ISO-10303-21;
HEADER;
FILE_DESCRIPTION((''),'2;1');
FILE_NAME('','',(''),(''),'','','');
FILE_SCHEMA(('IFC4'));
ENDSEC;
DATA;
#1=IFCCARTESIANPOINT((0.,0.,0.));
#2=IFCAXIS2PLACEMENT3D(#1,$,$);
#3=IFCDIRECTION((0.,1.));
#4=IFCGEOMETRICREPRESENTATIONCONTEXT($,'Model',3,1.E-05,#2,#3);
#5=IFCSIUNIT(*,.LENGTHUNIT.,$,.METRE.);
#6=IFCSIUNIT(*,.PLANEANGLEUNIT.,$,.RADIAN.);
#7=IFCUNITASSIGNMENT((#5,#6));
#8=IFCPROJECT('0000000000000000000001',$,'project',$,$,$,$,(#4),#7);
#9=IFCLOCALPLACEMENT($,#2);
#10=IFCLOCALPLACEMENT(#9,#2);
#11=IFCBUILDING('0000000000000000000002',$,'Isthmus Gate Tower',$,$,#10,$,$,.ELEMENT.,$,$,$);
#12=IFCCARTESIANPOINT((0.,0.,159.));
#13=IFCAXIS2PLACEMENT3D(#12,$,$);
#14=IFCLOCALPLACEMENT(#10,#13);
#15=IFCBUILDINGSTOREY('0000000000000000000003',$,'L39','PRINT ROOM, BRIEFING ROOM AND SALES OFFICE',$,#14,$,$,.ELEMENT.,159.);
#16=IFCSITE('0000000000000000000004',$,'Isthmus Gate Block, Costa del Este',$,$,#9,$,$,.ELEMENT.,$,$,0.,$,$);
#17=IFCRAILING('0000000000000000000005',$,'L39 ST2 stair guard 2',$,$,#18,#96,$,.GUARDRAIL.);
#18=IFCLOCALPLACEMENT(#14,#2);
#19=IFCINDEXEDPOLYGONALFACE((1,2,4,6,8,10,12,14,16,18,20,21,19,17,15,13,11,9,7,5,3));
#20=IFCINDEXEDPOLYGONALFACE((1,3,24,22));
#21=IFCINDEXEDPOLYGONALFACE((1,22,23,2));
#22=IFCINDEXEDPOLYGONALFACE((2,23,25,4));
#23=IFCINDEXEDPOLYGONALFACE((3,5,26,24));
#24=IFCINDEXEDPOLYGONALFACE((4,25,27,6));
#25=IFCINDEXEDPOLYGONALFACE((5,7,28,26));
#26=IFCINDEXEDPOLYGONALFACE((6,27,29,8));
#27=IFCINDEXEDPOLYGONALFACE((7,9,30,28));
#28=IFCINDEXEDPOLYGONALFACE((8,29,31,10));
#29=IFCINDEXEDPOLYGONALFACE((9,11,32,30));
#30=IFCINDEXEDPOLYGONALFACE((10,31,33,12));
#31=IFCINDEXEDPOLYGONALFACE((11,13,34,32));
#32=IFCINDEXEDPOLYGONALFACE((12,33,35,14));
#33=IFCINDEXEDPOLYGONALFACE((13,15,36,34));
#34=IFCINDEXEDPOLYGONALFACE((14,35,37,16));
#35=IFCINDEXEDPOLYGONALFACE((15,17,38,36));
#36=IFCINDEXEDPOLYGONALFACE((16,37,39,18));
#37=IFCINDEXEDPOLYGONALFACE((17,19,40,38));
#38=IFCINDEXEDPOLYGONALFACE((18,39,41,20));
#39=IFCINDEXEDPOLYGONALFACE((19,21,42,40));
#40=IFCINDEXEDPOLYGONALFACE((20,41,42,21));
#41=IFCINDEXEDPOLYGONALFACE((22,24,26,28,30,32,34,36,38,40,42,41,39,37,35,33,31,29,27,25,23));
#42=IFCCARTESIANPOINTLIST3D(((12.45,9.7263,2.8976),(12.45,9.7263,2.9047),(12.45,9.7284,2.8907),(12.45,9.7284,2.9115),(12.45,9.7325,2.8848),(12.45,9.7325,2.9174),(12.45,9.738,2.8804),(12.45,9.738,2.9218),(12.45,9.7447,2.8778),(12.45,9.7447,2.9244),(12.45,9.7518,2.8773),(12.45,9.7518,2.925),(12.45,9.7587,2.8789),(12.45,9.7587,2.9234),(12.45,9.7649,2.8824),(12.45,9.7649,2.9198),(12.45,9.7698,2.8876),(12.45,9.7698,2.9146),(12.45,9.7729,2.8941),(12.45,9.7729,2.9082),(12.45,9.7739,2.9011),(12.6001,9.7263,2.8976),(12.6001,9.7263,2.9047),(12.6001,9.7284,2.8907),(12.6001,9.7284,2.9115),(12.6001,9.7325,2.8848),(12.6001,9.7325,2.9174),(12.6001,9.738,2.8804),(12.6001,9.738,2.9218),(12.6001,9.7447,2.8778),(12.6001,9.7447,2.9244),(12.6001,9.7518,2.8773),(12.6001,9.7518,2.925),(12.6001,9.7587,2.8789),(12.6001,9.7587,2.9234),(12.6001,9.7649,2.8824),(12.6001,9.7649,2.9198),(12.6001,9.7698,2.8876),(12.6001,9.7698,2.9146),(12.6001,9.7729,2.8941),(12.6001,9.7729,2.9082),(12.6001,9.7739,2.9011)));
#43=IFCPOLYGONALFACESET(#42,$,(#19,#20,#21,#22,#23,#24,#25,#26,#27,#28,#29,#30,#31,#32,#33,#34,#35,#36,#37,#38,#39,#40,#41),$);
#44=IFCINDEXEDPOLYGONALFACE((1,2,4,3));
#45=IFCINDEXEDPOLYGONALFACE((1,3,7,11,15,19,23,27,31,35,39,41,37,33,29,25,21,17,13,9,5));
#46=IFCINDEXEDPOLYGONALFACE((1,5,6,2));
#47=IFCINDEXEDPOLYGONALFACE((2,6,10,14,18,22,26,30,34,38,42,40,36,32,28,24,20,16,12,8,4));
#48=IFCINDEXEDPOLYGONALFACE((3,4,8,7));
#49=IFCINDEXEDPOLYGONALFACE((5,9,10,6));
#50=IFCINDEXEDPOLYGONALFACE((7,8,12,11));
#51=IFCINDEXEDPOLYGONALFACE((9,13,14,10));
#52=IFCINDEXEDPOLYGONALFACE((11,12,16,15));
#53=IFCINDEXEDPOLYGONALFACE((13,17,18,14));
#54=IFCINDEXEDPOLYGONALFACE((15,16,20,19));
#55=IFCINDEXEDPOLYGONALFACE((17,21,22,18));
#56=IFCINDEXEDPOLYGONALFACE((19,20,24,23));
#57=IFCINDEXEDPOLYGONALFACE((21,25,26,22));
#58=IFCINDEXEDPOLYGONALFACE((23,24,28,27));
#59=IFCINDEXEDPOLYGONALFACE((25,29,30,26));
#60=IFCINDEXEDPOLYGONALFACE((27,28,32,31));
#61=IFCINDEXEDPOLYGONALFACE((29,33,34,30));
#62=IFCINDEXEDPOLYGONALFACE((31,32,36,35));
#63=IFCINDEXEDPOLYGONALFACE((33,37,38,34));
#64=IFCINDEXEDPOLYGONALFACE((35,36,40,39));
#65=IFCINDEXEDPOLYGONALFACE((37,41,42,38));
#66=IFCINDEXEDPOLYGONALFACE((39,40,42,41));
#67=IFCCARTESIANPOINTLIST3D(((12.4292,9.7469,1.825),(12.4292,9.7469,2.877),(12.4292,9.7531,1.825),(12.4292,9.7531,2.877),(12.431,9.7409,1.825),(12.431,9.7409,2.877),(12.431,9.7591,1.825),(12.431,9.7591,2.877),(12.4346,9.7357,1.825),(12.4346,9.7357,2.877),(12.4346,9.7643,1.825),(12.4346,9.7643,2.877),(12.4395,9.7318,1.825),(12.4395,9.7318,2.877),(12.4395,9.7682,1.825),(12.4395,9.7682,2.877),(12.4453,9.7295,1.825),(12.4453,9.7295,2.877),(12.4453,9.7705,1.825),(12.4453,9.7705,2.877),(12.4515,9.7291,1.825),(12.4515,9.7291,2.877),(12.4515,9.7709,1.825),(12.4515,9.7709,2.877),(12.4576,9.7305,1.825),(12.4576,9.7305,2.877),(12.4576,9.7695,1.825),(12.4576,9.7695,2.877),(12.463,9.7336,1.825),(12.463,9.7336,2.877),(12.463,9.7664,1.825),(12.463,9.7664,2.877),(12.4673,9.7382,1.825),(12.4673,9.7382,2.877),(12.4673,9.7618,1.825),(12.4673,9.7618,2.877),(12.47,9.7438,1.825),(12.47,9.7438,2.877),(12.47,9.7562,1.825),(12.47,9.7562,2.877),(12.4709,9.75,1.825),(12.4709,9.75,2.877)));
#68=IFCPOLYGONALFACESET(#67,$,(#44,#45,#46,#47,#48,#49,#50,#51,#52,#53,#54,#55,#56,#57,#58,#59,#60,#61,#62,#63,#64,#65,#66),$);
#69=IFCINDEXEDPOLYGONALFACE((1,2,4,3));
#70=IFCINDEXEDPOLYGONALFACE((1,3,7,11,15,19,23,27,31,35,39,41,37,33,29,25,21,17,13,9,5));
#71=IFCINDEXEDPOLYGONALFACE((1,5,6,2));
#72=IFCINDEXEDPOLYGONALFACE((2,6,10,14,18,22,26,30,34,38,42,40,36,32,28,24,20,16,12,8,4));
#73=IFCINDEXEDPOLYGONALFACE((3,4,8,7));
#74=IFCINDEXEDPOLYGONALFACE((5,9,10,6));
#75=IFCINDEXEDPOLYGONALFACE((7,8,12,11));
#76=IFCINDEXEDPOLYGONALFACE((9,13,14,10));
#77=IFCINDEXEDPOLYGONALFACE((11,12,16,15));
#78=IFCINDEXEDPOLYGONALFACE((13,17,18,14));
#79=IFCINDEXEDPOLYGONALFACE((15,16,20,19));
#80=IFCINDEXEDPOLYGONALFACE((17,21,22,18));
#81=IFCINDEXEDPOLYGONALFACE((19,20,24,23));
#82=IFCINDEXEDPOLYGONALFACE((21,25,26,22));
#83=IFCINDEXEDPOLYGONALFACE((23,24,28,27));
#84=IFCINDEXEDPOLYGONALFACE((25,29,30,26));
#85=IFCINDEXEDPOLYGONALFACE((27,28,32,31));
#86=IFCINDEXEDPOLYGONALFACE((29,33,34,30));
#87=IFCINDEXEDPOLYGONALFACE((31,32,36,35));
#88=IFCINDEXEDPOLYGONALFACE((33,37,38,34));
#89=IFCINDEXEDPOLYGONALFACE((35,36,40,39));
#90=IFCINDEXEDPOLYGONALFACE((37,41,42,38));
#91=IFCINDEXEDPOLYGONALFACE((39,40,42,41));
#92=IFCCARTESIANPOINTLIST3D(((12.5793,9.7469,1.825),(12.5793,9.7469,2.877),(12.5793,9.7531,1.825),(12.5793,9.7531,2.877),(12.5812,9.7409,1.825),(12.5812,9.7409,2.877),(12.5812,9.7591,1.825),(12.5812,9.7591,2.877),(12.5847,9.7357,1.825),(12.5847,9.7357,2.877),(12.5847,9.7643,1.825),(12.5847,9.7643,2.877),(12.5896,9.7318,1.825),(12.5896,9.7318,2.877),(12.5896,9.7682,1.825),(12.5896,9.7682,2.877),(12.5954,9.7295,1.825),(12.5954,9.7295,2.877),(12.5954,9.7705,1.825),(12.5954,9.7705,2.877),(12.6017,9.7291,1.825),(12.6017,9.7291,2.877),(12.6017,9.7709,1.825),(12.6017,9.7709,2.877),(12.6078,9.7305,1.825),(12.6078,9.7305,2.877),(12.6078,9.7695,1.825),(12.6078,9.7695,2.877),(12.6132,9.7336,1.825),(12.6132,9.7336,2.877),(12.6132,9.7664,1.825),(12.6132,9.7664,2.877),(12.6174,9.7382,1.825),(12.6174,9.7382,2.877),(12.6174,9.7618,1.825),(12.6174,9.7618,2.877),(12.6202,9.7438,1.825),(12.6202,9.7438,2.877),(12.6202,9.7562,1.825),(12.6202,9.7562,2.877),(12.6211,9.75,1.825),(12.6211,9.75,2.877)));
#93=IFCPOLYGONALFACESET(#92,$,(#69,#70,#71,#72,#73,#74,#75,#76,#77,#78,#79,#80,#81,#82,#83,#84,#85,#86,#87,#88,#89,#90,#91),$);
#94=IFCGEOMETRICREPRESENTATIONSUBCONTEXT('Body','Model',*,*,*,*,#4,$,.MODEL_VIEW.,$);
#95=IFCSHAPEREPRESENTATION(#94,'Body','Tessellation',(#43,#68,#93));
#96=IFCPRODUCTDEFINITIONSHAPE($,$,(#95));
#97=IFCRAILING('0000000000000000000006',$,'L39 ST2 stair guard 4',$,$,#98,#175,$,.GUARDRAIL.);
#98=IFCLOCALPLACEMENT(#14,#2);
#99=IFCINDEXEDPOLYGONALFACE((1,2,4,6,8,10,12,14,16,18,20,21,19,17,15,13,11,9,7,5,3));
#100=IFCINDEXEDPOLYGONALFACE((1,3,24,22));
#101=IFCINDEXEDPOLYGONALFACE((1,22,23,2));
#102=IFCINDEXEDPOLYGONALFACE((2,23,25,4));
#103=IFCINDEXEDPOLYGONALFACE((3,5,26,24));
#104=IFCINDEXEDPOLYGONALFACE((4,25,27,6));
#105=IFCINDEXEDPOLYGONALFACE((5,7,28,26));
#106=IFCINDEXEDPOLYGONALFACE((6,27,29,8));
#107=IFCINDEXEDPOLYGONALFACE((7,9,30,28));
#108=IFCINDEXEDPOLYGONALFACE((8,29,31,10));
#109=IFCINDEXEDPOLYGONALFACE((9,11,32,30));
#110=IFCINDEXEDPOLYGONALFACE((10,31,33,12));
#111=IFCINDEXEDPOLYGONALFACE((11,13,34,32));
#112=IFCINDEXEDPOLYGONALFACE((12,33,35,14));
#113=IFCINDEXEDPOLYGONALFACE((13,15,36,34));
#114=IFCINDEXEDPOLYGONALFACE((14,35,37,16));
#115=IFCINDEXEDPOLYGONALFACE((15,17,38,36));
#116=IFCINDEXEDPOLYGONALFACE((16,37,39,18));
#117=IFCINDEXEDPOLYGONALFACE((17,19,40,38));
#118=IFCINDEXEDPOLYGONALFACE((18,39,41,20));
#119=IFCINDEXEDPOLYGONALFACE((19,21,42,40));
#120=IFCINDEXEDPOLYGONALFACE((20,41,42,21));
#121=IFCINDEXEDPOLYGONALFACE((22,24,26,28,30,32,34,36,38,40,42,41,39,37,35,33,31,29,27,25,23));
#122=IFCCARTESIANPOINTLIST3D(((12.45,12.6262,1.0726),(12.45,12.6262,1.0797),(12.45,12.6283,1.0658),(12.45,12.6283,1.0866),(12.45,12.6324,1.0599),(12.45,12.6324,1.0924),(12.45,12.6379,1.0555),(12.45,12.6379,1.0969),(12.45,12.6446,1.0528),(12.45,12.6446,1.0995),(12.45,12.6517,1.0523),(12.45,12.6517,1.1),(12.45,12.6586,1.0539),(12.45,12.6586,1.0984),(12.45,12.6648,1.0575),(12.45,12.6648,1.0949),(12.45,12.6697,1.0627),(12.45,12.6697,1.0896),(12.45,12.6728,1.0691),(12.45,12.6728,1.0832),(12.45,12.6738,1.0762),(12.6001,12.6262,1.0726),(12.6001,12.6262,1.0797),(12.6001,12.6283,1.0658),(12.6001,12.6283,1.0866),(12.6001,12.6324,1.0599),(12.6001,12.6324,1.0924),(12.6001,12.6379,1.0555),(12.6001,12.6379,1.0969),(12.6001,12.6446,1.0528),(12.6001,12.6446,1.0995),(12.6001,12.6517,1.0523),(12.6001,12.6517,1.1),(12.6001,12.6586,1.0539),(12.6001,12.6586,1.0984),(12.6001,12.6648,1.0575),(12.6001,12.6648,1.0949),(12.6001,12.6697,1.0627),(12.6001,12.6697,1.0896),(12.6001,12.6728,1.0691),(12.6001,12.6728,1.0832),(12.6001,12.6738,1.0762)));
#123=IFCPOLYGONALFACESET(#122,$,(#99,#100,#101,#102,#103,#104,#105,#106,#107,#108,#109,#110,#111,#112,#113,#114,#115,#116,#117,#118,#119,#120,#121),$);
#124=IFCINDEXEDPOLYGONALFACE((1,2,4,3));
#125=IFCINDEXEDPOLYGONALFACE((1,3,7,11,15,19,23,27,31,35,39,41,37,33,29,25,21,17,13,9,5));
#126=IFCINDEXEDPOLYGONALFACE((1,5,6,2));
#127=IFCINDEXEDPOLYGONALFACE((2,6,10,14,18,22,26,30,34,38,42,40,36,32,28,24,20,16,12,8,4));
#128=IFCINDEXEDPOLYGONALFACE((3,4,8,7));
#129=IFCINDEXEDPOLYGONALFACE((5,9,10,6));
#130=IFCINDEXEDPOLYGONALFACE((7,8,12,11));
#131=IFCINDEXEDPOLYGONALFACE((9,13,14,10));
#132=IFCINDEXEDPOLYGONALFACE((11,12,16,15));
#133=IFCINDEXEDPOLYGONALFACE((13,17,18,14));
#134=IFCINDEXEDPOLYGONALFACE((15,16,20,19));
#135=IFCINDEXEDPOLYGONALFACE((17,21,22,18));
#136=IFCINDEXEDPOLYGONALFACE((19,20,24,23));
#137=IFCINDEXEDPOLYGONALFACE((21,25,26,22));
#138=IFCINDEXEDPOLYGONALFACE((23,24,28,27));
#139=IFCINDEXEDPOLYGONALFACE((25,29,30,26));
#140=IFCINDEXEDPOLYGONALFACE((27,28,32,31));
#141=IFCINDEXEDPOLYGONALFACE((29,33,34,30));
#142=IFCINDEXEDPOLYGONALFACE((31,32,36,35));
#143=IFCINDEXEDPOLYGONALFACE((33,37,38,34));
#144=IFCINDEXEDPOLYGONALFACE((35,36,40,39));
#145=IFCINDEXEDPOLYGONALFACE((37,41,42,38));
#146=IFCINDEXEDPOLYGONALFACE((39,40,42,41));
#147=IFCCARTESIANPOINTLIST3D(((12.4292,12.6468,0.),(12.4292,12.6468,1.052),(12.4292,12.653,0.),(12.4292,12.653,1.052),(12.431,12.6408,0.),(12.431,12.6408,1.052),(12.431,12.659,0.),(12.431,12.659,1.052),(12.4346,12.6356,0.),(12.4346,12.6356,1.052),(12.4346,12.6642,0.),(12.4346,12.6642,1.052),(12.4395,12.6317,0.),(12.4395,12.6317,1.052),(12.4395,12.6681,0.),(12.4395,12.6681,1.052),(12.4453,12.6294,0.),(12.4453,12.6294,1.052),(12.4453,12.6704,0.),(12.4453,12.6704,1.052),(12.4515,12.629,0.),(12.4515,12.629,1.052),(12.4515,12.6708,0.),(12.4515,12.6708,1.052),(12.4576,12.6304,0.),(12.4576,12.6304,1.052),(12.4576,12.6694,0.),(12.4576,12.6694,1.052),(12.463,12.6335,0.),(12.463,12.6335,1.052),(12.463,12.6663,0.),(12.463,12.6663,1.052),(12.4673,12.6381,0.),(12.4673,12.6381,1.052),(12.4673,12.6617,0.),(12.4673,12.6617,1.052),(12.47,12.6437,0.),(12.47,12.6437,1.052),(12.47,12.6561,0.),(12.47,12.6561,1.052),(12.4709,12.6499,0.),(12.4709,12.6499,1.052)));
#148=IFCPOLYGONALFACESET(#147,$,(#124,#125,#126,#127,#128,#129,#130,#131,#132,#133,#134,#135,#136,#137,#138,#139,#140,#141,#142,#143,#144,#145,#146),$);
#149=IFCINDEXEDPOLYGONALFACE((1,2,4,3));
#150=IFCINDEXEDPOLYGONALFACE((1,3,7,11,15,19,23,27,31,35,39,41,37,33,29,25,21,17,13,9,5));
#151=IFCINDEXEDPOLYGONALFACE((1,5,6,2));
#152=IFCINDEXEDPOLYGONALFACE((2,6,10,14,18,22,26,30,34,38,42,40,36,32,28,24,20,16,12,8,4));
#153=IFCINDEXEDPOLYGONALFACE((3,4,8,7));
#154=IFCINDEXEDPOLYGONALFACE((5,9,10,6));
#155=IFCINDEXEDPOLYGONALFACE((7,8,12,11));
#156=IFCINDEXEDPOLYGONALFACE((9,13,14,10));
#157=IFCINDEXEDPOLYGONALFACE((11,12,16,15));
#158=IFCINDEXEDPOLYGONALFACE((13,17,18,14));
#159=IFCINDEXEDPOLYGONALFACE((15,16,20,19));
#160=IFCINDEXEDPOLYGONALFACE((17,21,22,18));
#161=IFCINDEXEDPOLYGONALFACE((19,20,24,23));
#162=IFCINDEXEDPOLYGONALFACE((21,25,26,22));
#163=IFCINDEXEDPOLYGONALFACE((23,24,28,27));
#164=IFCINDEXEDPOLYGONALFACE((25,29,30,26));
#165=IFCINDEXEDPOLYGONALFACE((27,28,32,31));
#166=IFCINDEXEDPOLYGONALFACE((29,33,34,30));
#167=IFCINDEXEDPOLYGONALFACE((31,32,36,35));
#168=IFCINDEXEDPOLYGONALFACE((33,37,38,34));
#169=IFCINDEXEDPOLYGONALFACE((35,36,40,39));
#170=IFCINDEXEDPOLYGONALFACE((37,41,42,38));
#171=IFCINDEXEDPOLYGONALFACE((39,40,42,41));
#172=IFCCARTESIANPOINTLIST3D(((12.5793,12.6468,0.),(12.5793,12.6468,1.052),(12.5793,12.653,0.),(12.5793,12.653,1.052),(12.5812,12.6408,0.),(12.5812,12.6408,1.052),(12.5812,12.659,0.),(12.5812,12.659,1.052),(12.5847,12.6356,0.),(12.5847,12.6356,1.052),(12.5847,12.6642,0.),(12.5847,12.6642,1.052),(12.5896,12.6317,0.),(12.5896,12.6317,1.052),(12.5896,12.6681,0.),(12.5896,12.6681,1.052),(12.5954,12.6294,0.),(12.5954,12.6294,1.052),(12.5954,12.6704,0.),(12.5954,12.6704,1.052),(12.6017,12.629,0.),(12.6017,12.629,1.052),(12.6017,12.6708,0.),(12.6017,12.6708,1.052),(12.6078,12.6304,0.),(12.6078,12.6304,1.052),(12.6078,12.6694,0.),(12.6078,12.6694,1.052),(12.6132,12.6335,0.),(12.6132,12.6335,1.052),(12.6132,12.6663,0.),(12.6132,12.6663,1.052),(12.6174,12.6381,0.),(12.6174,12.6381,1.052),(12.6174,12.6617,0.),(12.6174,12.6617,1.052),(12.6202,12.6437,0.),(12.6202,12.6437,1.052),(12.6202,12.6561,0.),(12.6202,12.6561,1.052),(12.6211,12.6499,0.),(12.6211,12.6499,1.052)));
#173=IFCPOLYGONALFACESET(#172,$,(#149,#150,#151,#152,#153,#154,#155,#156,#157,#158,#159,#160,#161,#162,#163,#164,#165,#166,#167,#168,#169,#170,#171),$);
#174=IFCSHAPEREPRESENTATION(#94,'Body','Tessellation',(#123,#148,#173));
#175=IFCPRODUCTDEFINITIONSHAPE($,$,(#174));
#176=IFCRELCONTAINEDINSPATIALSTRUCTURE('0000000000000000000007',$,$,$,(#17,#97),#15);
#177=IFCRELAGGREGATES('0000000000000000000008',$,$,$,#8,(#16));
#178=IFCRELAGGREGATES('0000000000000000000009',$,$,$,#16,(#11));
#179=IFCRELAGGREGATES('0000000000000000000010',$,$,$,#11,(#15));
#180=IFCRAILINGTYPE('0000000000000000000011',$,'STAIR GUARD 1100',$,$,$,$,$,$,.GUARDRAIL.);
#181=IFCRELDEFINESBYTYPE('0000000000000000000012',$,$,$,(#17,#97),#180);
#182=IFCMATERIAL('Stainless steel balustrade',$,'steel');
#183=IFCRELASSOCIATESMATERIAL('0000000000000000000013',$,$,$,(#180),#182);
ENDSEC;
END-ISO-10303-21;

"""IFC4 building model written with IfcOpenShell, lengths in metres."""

from ifc_helpers import new_model, si_unit, direction, frame, origin, origin_2d, place, context, subcontext, project, spatial, circle, extrude, material, type_object, element, save


model = new_model("IFC4")

# Units and contexts
model_context = context("Model", 3, precision=1e-05, world=origin(), true_north=direction((0.0, 1.0)))
body_context = subcontext(model_context, "Body", "Model", "MODEL_VIEW")
ifc_project = project(units=[si_unit("LENGTHUNIT", "METRE"), si_unit("PLANEANGLEUNIT", "RADIAN")], contexts=[model_context])

# Site, building, storey
site_placement = place(None, origin())
site = spatial("IfcSite", under=ifc_project, at=site_placement, Name="Isthmus Gate Block, Costa del Este", CompositionType="ELEMENT", RefElevation=0.0)
building_placement = place(site_placement, origin())
building = spatial("IfcBuilding", under=site, at=building_placement, Name="Isthmus Gate Tower", CompositionType="ELEMENT")
storey_placement = place(building_placement, frame((0.0, 0.0, 159.0)))
storey = spatial("IfcBuildingStorey", under=building, at=storey_placement, Name="L39", Description="PRINT ROOM, BRIEFING ROOM AND SALES OFFICE", CompositionType="ELEMENT", Elevation=159.0)

# Railings
ifc_material_1 = material(Name="Stainless steel balustrade", Category="steel")
railing_type_1 = type_object("IfcRailingType", Name="STAIR GUARD 1100", PredefinedType="GUARDRAIL", material=ifc_material_1)
for number, where, name in (
    (1, (12.45, 9.75, 1.825), "L39 ST2 stair guard 2"),
    (2, (12.45, 12.6499, 0.0), "L39 ST2 stair guard 4"),
):
    element("IfcRailing", number, at=place(storey_placement, frame(where)), inside=storey, type_object=railing_type_1, Name=name, PredefinedType="GUARDRAIL", context=body_context, shape_type="SweptSolid", body=[
        extrude(circle(Radius=0.0239, at=origin_2d()), frame((0.0, 0.0, 1.0762), z_axis=(1.0, 0.0, 0.0), x_axis=(0.0, 1.0, 0.0)), (0.0, 0.0, 1.0), 0.1501),
        extrude(circle(Radius=0.021, at=origin_2d()), origin(), (0.0, 0.0, 1.0), 1.052),
        extrude(circle(Radius=0.021, at=origin_2d()), frame((0.1501, 0.0, 0.0)), (0.0, 0.0, 1.0), 1.052),
    ])

save(model, "model.ifc")
